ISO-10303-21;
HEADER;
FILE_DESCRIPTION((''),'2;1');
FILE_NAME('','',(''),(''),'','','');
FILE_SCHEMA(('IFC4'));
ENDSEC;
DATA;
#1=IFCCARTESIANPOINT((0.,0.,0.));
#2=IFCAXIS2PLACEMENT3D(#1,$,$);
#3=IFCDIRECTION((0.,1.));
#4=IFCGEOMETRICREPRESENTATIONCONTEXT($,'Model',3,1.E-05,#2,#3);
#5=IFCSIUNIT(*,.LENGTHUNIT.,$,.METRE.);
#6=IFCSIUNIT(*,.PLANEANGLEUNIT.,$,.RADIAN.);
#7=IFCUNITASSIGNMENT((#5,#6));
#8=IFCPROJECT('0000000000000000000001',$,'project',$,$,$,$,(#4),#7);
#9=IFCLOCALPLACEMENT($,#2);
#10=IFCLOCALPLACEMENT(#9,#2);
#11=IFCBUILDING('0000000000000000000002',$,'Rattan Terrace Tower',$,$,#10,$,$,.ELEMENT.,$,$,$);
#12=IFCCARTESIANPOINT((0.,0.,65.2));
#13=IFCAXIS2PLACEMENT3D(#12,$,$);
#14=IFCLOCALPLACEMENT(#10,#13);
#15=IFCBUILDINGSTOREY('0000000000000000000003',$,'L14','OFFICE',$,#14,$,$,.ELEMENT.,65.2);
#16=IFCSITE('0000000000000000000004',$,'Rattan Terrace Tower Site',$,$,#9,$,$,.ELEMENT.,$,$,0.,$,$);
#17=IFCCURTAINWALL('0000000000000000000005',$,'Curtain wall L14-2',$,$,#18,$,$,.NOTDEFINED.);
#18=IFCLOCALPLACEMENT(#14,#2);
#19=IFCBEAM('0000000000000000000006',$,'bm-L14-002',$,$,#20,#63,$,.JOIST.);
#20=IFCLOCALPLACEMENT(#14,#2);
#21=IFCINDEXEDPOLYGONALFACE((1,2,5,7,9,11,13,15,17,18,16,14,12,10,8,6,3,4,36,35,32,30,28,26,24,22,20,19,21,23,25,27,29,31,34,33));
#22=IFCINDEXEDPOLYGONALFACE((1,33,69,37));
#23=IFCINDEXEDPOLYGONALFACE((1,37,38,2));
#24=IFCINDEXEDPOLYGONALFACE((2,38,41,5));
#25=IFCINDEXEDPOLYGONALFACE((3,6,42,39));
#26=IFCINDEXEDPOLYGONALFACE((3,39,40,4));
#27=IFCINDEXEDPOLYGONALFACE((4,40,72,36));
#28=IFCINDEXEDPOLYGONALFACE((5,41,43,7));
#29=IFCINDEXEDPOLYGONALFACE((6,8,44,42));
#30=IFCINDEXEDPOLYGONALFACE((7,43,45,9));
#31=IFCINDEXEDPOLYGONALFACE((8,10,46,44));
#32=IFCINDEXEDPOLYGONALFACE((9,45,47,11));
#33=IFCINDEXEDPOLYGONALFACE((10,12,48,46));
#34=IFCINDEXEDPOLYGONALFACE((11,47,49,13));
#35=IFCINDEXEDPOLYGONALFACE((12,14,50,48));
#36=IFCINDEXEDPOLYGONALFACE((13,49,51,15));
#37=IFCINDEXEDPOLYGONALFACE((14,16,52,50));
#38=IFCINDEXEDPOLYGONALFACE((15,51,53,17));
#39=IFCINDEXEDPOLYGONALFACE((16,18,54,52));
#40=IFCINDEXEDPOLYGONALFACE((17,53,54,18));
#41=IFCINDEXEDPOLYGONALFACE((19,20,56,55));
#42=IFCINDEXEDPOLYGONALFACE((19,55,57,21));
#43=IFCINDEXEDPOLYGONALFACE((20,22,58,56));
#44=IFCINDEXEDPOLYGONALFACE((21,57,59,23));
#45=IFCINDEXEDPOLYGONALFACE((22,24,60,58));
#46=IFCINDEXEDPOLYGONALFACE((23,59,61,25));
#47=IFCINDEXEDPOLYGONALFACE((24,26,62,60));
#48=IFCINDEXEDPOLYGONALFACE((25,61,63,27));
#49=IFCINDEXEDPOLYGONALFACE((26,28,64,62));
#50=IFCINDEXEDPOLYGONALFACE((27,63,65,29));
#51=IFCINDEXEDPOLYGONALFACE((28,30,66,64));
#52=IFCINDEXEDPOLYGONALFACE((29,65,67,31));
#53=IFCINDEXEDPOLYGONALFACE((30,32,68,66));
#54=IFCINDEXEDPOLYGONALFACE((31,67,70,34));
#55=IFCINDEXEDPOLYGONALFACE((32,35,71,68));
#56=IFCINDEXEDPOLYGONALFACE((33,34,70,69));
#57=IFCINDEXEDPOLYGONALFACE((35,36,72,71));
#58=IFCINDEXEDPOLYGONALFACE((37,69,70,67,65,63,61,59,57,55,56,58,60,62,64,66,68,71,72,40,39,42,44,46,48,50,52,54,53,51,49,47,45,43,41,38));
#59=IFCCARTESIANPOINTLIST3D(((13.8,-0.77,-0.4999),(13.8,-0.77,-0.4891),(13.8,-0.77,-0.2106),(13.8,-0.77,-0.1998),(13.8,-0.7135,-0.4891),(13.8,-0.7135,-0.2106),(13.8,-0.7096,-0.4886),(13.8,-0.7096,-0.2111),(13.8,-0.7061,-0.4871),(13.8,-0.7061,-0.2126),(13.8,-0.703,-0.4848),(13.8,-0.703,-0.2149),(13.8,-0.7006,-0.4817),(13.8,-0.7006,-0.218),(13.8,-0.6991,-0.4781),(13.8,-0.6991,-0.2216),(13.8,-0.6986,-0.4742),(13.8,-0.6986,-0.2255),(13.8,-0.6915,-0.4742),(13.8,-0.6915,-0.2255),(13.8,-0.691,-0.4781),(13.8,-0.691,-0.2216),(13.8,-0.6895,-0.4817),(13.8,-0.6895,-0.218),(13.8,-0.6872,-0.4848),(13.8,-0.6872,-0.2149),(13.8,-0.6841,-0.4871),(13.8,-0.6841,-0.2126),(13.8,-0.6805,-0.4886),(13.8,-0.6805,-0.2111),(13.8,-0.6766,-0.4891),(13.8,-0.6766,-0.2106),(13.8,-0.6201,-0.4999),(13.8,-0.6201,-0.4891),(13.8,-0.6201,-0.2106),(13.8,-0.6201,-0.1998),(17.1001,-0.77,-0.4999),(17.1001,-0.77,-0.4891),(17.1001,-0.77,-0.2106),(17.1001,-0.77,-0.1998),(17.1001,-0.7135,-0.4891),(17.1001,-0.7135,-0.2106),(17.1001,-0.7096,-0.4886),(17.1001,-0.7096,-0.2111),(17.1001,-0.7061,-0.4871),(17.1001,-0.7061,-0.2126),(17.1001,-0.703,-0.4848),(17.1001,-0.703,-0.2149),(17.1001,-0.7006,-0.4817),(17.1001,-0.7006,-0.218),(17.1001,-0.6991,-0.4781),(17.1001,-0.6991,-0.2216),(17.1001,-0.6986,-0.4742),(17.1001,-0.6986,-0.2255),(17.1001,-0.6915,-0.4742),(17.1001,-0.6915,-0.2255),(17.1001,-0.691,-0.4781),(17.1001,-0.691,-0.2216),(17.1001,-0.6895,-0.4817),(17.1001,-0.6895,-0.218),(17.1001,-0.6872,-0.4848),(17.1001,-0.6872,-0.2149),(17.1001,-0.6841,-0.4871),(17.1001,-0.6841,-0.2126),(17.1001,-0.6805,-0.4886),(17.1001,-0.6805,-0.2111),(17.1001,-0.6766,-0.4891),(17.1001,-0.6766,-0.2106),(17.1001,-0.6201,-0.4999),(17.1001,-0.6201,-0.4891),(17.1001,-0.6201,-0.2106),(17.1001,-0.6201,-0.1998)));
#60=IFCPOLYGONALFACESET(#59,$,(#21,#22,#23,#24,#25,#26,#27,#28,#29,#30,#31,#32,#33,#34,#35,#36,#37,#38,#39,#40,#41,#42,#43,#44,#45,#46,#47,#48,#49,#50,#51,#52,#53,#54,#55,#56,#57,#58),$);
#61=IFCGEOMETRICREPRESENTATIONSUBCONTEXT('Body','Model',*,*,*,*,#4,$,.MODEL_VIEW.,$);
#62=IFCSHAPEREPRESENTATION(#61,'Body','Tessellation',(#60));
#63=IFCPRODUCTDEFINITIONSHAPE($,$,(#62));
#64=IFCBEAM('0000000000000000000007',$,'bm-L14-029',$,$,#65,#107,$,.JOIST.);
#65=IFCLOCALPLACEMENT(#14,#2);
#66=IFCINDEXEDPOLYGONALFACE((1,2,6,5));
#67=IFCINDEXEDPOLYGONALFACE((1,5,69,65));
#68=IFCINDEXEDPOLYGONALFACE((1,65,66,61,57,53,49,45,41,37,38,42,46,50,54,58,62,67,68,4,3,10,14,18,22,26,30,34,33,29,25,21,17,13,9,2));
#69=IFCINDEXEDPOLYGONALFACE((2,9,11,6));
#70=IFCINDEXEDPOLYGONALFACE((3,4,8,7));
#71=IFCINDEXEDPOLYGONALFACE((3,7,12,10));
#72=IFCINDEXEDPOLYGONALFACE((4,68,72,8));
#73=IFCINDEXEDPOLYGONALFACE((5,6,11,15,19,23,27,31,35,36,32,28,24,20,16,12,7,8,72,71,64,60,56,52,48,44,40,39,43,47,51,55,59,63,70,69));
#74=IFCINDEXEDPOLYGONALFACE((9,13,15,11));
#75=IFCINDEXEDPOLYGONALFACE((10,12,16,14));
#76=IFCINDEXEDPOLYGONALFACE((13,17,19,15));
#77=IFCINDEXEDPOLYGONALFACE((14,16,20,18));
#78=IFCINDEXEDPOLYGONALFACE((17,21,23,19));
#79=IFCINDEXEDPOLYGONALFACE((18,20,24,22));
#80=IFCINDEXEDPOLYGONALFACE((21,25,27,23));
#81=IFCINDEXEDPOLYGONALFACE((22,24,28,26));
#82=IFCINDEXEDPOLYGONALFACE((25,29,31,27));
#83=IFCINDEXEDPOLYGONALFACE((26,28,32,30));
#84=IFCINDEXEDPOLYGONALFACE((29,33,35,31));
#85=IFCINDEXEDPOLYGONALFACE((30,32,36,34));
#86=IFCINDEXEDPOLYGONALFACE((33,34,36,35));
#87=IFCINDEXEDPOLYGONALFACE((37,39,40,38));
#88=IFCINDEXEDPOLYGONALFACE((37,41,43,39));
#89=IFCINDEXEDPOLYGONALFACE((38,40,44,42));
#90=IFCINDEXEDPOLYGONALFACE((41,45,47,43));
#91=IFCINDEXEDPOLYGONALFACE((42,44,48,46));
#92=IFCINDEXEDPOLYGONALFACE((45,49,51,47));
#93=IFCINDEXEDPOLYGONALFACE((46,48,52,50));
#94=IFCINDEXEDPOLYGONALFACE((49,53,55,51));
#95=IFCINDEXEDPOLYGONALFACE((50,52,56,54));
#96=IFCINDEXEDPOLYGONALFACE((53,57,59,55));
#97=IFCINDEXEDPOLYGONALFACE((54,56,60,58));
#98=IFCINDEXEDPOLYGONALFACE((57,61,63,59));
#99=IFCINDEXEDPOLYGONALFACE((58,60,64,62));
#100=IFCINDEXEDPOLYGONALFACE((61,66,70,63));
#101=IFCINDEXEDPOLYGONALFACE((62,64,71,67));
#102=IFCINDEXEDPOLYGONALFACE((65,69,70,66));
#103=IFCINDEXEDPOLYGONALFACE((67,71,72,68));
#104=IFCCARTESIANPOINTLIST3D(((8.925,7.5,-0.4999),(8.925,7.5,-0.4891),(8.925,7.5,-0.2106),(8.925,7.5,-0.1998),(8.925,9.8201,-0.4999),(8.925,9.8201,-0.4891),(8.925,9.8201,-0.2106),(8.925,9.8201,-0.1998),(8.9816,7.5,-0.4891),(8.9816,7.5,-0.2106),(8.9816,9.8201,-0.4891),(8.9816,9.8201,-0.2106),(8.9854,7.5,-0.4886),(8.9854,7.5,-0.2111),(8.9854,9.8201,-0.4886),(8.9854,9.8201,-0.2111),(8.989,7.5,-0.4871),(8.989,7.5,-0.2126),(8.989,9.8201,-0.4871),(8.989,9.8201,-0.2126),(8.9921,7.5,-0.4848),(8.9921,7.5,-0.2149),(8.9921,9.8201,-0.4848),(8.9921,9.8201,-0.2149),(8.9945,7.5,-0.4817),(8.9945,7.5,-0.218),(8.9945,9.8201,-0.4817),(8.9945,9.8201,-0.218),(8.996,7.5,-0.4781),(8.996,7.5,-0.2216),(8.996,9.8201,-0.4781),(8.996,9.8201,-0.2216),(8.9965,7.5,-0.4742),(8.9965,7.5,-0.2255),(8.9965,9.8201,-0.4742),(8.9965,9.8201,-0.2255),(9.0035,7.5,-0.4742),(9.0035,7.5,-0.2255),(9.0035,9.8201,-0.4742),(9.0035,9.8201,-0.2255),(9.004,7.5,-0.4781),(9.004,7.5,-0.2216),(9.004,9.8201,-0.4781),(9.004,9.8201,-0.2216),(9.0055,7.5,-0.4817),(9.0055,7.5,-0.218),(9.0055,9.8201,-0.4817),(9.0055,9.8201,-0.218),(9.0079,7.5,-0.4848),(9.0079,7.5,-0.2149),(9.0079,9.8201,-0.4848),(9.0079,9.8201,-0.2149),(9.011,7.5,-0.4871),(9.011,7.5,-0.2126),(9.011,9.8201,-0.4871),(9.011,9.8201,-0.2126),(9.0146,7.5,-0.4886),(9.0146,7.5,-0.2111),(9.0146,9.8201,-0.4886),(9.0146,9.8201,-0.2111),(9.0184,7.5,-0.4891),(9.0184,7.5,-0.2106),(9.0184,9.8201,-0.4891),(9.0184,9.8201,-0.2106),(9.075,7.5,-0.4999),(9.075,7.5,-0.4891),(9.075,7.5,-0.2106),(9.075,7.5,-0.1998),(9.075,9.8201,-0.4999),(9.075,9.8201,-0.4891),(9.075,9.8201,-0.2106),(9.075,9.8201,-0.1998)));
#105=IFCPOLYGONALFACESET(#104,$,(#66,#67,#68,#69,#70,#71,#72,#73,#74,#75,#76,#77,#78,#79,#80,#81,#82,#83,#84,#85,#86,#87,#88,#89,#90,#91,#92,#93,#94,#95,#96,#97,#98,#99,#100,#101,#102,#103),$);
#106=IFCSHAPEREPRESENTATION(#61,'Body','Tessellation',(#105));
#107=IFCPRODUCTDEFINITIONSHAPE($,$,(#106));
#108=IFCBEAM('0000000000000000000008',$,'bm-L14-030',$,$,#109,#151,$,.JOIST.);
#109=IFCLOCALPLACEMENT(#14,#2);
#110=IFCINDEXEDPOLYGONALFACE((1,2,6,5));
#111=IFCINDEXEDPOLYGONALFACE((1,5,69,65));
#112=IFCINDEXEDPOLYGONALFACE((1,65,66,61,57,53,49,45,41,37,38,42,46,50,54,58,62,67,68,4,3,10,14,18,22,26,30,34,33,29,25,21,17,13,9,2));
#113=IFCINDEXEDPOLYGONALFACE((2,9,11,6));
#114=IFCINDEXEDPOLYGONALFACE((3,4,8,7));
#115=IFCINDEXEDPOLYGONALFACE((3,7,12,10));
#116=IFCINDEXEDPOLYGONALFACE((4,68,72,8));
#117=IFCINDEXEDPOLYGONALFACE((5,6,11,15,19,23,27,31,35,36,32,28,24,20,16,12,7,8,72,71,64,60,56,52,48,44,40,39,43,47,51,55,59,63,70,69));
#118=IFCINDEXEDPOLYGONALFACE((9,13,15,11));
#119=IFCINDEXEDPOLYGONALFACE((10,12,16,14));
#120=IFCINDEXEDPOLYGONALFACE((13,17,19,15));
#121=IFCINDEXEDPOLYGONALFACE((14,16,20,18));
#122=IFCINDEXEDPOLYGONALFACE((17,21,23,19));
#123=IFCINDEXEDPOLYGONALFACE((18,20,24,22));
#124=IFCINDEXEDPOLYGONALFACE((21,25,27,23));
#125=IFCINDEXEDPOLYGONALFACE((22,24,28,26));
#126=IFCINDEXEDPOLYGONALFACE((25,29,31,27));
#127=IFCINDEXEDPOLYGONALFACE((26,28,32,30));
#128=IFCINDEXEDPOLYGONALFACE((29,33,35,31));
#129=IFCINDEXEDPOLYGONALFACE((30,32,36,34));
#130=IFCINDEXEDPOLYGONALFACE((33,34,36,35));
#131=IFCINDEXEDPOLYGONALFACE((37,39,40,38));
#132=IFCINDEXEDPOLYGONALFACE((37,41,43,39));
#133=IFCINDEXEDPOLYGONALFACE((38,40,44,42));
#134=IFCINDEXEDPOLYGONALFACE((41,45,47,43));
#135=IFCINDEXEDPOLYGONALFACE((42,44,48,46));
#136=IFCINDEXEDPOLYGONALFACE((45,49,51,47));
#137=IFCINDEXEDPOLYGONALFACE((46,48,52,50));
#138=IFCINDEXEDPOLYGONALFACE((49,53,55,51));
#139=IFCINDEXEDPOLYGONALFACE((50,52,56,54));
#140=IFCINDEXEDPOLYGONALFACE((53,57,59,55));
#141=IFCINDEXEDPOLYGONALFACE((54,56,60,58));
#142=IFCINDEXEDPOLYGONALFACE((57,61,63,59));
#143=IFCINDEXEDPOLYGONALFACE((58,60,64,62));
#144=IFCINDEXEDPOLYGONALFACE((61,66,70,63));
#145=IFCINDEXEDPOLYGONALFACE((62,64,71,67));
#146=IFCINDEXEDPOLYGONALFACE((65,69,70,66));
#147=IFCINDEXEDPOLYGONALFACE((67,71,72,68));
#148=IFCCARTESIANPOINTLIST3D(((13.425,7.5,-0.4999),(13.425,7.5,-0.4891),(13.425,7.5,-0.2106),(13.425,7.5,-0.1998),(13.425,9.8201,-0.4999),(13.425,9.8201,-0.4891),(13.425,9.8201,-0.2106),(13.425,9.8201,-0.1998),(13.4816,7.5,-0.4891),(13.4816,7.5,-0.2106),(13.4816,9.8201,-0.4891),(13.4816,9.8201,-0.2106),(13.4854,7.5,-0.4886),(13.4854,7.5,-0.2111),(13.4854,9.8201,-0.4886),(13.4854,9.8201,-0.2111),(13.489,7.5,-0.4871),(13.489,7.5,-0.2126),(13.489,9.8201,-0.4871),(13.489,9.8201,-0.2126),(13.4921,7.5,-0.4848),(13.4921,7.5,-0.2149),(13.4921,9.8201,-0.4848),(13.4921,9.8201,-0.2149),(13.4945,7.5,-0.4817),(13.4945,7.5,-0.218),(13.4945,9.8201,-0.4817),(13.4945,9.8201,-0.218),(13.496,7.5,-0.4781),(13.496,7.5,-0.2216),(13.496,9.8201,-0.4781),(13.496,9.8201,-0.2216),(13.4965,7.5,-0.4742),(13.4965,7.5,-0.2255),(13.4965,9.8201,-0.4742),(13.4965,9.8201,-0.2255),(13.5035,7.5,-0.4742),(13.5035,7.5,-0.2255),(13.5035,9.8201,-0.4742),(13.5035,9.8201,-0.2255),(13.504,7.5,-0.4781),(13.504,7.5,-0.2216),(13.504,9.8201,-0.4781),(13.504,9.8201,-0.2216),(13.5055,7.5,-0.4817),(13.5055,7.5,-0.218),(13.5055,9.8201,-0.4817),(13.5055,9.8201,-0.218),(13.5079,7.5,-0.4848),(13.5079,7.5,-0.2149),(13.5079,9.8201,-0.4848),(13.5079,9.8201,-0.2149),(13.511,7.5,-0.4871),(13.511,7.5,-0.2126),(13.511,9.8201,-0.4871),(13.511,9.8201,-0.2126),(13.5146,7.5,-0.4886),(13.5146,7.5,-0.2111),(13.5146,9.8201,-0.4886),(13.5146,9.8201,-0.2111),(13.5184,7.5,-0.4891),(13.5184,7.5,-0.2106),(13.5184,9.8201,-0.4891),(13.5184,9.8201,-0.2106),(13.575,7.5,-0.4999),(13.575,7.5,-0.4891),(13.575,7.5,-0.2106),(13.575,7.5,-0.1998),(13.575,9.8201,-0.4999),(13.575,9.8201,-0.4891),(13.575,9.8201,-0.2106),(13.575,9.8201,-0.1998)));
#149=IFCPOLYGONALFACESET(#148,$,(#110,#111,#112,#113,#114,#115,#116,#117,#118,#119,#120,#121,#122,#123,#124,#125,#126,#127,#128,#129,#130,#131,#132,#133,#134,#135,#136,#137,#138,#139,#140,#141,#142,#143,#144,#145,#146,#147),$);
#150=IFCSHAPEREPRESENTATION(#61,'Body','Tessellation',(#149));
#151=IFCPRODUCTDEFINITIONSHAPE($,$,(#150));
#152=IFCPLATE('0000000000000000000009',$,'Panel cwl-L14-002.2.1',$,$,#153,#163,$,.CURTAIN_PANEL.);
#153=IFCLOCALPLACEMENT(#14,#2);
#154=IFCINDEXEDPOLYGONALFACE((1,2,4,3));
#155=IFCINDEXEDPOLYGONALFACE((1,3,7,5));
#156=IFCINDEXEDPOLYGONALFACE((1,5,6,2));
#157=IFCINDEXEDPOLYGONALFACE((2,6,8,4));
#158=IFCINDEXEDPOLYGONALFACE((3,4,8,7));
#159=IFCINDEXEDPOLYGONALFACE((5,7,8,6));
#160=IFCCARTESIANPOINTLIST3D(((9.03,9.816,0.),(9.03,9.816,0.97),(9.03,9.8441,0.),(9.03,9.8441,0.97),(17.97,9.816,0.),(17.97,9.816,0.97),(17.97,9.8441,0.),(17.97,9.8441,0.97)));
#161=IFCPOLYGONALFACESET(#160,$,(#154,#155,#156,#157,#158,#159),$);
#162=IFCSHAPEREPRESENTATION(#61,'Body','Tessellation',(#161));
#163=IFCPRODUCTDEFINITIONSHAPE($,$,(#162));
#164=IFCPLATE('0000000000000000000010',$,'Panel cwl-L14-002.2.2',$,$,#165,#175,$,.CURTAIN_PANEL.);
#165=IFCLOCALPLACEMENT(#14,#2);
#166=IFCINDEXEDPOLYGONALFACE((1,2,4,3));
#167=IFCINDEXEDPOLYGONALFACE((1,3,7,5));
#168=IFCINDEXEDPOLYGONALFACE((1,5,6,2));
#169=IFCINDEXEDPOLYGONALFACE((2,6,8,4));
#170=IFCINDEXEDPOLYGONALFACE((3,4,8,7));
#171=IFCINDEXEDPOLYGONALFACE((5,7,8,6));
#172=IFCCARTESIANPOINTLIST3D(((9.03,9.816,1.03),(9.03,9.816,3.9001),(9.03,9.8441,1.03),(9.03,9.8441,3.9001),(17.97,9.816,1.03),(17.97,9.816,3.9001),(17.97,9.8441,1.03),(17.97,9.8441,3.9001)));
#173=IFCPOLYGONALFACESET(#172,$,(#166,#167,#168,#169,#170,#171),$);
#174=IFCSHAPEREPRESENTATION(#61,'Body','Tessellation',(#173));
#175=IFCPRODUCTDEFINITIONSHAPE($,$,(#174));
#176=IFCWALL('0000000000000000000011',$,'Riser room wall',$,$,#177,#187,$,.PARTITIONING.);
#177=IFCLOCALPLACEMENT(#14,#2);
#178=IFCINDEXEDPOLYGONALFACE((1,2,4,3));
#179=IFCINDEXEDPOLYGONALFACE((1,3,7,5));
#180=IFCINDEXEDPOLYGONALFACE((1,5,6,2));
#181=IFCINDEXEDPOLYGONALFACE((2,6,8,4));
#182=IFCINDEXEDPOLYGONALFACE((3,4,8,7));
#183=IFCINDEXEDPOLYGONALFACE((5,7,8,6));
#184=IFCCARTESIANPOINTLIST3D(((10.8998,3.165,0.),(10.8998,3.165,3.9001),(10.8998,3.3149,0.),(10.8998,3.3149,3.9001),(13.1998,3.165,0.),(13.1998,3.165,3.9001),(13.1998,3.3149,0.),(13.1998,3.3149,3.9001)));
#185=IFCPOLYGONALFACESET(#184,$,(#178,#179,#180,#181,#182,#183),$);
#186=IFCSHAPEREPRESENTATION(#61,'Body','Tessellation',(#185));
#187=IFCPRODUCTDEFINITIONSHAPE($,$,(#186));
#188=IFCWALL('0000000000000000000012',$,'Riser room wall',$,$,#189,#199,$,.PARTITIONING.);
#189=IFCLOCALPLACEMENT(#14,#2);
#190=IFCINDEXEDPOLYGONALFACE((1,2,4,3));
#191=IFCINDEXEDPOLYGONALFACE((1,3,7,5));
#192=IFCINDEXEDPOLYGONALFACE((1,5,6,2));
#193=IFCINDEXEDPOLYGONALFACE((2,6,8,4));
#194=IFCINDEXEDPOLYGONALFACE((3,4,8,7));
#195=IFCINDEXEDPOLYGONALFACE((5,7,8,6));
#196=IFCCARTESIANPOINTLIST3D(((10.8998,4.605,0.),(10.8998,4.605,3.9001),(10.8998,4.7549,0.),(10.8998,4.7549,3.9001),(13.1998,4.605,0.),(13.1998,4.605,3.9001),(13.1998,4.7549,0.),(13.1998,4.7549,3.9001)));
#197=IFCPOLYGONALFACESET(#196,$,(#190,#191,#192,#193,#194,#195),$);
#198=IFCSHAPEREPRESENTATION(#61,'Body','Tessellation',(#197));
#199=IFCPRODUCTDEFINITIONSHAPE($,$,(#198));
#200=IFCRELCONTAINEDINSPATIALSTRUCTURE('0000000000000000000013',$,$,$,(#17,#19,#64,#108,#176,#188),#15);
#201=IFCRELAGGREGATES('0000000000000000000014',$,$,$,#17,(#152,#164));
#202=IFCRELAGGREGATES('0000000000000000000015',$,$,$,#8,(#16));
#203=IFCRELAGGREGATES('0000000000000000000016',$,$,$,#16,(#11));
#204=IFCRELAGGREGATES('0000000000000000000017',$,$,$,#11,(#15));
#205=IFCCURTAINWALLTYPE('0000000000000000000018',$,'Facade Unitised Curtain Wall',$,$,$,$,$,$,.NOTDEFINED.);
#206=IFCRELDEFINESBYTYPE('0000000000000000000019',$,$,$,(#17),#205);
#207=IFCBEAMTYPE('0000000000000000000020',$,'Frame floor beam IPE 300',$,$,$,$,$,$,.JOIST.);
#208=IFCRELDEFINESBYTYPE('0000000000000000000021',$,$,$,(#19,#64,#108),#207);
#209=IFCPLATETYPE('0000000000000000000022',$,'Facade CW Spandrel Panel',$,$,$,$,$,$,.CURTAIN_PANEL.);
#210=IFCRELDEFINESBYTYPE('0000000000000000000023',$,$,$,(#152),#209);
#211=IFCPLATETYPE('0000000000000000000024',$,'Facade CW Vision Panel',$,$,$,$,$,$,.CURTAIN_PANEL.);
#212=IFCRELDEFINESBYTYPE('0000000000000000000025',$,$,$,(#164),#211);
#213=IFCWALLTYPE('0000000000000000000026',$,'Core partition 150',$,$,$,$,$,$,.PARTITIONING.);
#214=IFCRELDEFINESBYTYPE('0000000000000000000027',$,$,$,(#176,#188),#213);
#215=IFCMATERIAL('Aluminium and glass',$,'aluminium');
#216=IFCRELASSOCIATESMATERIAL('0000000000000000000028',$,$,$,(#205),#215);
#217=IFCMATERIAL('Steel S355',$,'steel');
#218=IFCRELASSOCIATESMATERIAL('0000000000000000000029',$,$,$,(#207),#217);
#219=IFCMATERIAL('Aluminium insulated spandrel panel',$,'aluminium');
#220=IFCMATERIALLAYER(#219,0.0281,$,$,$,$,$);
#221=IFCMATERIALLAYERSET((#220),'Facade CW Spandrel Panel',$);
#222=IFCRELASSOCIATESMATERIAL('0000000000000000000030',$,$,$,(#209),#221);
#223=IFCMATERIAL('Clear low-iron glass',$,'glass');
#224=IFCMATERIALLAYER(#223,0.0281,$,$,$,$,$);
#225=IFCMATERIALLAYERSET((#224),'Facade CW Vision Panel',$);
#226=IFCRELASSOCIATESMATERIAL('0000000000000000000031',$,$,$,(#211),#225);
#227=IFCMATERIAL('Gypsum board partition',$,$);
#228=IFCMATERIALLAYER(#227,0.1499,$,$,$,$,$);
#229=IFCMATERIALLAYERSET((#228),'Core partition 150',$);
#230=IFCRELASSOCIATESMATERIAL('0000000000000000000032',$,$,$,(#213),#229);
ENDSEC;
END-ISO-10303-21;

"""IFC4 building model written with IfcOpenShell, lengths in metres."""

from ifc_helpers import new_model, si_unit, direction, frame, frame_2d, origin, origin_2d, place, context, subcontext, project, spatial, rectangle, i_section, extrude, material, layer, layer_set, material_profile, profile_set, type_object, element, aggregate, save


model = new_model("IFC4")

# Units and contexts
model_context = context("Model", 3, precision=1e-05, world=origin(), true_north=direction((0.0, 1.0)))
body_context = subcontext(model_context, "Body", "Model", "MODEL_VIEW")
ifc_project = project(units=[si_unit("LENGTHUNIT", "METRE"), si_unit("PLANEANGLEUNIT", "RADIAN")], contexts=[model_context])

# Site, building, storey
site_placement = place(None, origin())
site = spatial("IfcSite", under=ifc_project, at=site_placement, Name="Rattan Terrace Tower Site", CompositionType="ELEMENT", RefElevation=0.0)
building_placement = place(site_placement, origin())
building = spatial("IfcBuilding", under=site, at=building_placement, Name="Rattan Terrace Tower", CompositionType="ELEMENT")
storey_placement = place(building_placement, frame((0.0, 0.0, 65.2)))
storey = spatial("IfcBuildingStorey", under=building, at=storey_placement, Name="L14", Description="OFFICE", CompositionType="ELEMENT", Elevation=65.2)

# Curtain wall
ifc_material_1 = material(Name="Aluminium and glass", Category="aluminium")
curtain_wall_type = type_object("IfcCurtainWallType", Name="Facade Unitised Curtain Wall", PredefinedType="NOTDEFINED", material=ifc_material_1)
curtain_wall_placement = place(storey_placement, origin())
curtain_wall = element("IfcCurtainWall", 1, at=curtain_wall_placement, inside=storey, type_object=curtain_wall_type, Name="Curtain wall L14-2", PredefinedType="NOTDEFINED")

# Beams
ifc_material_2 = material(Name="Steel S355", Category="steel")
ifc_material_profile_1 = material_profile(ifc_material_2, i_section(OverallWidth=0.1499, OverallDepth=0.3, WebThickness=0.0071, FlangeThickness=0.0107, FilletRadius=0.0149, at=origin_2d()), Name="IPE 300")
ifc_profile_set_1 = profile_set([ifc_material_profile_1], Name="Steel S355")
beam_type_1 = type_object("IfcBeamType", Name="Frame floor beam IPE 300", PredefinedType="JOIST", material=ifc_profile_set_1)
beam_1_placement = place(storey_placement, frame((13.8, -0.6951, -0.3499), z_axis=(1.0, 0.0, 0.0), x_axis=(0.0, 1.0, 0.0)))
element("IfcBeam", 2, at=beam_1_placement, inside=storey, type_object=beam_type_1, Name="bm-L14-002", PredefinedType="JOIST", context=body_context, shape_type="SweptSolid", body=[
    extrude(i_section(OverallWidth=0.1499, OverallDepth=0.3, WebThickness=0.0071, FlangeThickness=0.0107, FilletRadius=0.0149, at=origin_2d()), origin(), (0.0, 0.0, 1.0), 3.3),
])
for number, where, z_axis, x_axis, name in (
    (3, (9.0, 7.5, -0.3499), (0.0, 1.0, 0.0), (-1.0, 0.0, 0.0), "bm-L14-029"),
    (4, (13.5, 7.5, -0.3499), (0.0, 1.0, 0.0), (-1.0, 0.0, 0.0), "bm-L14-030"),
):
    element("IfcBeam", number, at=place(storey_placement, frame(where, z_axis=z_axis, x_axis=x_axis)), inside=storey, type_object=beam_type_1, Name=name, PredefinedType="JOIST", context=body_context, shape_type="SweptSolid", body=[
        extrude(i_section(OverallWidth=0.1499, OverallDepth=0.3, WebThickness=0.0071, FlangeThickness=0.0107, FilletRadius=0.0149, at=origin_2d()), origin(), (0.0, 0.0, 1.0), 2.3201),
    ])

# Plates
ifc_material_3 = material(Name="Aluminium insulated spandrel panel", Category="aluminium")
ifc_layer_1 = layer(ifc_material_3, 0.0281)
ifc_layer_set_1 = layer_set([ifc_layer_1], Name="Facade CW Spandrel Panel")
plate_type_1 = type_object("IfcPlateType", Name="Facade CW Spandrel Panel", PredefinedType="CURTAIN_PANEL", material=ifc_layer_set_1)
plate_1_placement = place(storey_placement, frame((13.5, 9.8301, 0.0), z_axis=(0.0, 0.0, 1.0), x_axis=(-1.0, 0.0, 0.0)))
plate_1 = element("IfcPlate", 5, at=plate_1_placement, type_object=plate_type_1, Name="Panel cwl-L14-002.2.1", PredefinedType="CURTAIN_PANEL", context=body_context, shape_type="SweptSolid", body=[
    extrude(rectangle(XDim=8.9399, YDim=0.0281, at=origin_2d()), origin(), (0.0, 0.0, 1.0), 0.97),
])
ifc_material_4 = material(Name="Clear low-iron glass", Category="glass")
ifc_layer_2 = layer(ifc_material_4, 0.0281)
ifc_layer_set_2 = layer_set([ifc_layer_2], Name="Facade CW Vision Panel")
plate_type_2 = type_object("IfcPlateType", Name="Facade CW Vision Panel", PredefinedType="CURTAIN_PANEL", material=ifc_layer_set_2)
plate_2_placement = place(storey_placement, frame((13.5, 9.8301, 1.03), z_axis=(0.0, 0.0, 1.0), x_axis=(-1.0, 0.0, 0.0)))
plate_2 = element("IfcPlate", 6, at=plate_2_placement, type_object=plate_type_2, Name="Panel cwl-L14-002.2.2", PredefinedType="CURTAIN_PANEL", context=body_context, shape_type="SweptSolid", body=[
    extrude(rectangle(XDim=8.9399, YDim=0.0281, at=origin_2d()), origin(), (0.0, 0.0, 1.0), 2.8701),
])
aggregate(curtain_wall, [plate_1, plate_2])

# Walls
ifc_material_5 = material(Name="Gypsum board partition")
ifc_layer_3 = layer(ifc_material_5, 0.1499)
ifc_layer_set_3 = layer_set([ifc_layer_3], Name="Core partition 150")
wall_type_1 = type_object("IfcWallType", Name="Core partition 150", PredefinedType="PARTITIONING", material=ifc_layer_set_3)
for number, where, z_axis, x_axis, name in (
    (7, (10.8999, 3.24, 0.0), (0.0, 0.0, 1.0), (1.0, 0.0, 0.0), "Riser room wall"),
    (8, (10.8999, 4.6799, 0.0), (0.0, 0.0, 1.0), (1.0, 0.0, 0.0), "Riser room wall"),
):
    element("IfcWall", number, at=place(storey_placement, frame(where, z_axis=z_axis, x_axis=x_axis)), inside=storey, type_object=wall_type_1, Name=name, PredefinedType="PARTITIONING", context=body_context, shape_type="SweptSolid", body=[
        extrude(rectangle(XDim=2.3, YDim=0.1499, at=frame_2d((1.1499, 0.0))), origin(), (0.0, 0.0, 1.0), 3.9001),
    ])

save(model, "model.ifc")
